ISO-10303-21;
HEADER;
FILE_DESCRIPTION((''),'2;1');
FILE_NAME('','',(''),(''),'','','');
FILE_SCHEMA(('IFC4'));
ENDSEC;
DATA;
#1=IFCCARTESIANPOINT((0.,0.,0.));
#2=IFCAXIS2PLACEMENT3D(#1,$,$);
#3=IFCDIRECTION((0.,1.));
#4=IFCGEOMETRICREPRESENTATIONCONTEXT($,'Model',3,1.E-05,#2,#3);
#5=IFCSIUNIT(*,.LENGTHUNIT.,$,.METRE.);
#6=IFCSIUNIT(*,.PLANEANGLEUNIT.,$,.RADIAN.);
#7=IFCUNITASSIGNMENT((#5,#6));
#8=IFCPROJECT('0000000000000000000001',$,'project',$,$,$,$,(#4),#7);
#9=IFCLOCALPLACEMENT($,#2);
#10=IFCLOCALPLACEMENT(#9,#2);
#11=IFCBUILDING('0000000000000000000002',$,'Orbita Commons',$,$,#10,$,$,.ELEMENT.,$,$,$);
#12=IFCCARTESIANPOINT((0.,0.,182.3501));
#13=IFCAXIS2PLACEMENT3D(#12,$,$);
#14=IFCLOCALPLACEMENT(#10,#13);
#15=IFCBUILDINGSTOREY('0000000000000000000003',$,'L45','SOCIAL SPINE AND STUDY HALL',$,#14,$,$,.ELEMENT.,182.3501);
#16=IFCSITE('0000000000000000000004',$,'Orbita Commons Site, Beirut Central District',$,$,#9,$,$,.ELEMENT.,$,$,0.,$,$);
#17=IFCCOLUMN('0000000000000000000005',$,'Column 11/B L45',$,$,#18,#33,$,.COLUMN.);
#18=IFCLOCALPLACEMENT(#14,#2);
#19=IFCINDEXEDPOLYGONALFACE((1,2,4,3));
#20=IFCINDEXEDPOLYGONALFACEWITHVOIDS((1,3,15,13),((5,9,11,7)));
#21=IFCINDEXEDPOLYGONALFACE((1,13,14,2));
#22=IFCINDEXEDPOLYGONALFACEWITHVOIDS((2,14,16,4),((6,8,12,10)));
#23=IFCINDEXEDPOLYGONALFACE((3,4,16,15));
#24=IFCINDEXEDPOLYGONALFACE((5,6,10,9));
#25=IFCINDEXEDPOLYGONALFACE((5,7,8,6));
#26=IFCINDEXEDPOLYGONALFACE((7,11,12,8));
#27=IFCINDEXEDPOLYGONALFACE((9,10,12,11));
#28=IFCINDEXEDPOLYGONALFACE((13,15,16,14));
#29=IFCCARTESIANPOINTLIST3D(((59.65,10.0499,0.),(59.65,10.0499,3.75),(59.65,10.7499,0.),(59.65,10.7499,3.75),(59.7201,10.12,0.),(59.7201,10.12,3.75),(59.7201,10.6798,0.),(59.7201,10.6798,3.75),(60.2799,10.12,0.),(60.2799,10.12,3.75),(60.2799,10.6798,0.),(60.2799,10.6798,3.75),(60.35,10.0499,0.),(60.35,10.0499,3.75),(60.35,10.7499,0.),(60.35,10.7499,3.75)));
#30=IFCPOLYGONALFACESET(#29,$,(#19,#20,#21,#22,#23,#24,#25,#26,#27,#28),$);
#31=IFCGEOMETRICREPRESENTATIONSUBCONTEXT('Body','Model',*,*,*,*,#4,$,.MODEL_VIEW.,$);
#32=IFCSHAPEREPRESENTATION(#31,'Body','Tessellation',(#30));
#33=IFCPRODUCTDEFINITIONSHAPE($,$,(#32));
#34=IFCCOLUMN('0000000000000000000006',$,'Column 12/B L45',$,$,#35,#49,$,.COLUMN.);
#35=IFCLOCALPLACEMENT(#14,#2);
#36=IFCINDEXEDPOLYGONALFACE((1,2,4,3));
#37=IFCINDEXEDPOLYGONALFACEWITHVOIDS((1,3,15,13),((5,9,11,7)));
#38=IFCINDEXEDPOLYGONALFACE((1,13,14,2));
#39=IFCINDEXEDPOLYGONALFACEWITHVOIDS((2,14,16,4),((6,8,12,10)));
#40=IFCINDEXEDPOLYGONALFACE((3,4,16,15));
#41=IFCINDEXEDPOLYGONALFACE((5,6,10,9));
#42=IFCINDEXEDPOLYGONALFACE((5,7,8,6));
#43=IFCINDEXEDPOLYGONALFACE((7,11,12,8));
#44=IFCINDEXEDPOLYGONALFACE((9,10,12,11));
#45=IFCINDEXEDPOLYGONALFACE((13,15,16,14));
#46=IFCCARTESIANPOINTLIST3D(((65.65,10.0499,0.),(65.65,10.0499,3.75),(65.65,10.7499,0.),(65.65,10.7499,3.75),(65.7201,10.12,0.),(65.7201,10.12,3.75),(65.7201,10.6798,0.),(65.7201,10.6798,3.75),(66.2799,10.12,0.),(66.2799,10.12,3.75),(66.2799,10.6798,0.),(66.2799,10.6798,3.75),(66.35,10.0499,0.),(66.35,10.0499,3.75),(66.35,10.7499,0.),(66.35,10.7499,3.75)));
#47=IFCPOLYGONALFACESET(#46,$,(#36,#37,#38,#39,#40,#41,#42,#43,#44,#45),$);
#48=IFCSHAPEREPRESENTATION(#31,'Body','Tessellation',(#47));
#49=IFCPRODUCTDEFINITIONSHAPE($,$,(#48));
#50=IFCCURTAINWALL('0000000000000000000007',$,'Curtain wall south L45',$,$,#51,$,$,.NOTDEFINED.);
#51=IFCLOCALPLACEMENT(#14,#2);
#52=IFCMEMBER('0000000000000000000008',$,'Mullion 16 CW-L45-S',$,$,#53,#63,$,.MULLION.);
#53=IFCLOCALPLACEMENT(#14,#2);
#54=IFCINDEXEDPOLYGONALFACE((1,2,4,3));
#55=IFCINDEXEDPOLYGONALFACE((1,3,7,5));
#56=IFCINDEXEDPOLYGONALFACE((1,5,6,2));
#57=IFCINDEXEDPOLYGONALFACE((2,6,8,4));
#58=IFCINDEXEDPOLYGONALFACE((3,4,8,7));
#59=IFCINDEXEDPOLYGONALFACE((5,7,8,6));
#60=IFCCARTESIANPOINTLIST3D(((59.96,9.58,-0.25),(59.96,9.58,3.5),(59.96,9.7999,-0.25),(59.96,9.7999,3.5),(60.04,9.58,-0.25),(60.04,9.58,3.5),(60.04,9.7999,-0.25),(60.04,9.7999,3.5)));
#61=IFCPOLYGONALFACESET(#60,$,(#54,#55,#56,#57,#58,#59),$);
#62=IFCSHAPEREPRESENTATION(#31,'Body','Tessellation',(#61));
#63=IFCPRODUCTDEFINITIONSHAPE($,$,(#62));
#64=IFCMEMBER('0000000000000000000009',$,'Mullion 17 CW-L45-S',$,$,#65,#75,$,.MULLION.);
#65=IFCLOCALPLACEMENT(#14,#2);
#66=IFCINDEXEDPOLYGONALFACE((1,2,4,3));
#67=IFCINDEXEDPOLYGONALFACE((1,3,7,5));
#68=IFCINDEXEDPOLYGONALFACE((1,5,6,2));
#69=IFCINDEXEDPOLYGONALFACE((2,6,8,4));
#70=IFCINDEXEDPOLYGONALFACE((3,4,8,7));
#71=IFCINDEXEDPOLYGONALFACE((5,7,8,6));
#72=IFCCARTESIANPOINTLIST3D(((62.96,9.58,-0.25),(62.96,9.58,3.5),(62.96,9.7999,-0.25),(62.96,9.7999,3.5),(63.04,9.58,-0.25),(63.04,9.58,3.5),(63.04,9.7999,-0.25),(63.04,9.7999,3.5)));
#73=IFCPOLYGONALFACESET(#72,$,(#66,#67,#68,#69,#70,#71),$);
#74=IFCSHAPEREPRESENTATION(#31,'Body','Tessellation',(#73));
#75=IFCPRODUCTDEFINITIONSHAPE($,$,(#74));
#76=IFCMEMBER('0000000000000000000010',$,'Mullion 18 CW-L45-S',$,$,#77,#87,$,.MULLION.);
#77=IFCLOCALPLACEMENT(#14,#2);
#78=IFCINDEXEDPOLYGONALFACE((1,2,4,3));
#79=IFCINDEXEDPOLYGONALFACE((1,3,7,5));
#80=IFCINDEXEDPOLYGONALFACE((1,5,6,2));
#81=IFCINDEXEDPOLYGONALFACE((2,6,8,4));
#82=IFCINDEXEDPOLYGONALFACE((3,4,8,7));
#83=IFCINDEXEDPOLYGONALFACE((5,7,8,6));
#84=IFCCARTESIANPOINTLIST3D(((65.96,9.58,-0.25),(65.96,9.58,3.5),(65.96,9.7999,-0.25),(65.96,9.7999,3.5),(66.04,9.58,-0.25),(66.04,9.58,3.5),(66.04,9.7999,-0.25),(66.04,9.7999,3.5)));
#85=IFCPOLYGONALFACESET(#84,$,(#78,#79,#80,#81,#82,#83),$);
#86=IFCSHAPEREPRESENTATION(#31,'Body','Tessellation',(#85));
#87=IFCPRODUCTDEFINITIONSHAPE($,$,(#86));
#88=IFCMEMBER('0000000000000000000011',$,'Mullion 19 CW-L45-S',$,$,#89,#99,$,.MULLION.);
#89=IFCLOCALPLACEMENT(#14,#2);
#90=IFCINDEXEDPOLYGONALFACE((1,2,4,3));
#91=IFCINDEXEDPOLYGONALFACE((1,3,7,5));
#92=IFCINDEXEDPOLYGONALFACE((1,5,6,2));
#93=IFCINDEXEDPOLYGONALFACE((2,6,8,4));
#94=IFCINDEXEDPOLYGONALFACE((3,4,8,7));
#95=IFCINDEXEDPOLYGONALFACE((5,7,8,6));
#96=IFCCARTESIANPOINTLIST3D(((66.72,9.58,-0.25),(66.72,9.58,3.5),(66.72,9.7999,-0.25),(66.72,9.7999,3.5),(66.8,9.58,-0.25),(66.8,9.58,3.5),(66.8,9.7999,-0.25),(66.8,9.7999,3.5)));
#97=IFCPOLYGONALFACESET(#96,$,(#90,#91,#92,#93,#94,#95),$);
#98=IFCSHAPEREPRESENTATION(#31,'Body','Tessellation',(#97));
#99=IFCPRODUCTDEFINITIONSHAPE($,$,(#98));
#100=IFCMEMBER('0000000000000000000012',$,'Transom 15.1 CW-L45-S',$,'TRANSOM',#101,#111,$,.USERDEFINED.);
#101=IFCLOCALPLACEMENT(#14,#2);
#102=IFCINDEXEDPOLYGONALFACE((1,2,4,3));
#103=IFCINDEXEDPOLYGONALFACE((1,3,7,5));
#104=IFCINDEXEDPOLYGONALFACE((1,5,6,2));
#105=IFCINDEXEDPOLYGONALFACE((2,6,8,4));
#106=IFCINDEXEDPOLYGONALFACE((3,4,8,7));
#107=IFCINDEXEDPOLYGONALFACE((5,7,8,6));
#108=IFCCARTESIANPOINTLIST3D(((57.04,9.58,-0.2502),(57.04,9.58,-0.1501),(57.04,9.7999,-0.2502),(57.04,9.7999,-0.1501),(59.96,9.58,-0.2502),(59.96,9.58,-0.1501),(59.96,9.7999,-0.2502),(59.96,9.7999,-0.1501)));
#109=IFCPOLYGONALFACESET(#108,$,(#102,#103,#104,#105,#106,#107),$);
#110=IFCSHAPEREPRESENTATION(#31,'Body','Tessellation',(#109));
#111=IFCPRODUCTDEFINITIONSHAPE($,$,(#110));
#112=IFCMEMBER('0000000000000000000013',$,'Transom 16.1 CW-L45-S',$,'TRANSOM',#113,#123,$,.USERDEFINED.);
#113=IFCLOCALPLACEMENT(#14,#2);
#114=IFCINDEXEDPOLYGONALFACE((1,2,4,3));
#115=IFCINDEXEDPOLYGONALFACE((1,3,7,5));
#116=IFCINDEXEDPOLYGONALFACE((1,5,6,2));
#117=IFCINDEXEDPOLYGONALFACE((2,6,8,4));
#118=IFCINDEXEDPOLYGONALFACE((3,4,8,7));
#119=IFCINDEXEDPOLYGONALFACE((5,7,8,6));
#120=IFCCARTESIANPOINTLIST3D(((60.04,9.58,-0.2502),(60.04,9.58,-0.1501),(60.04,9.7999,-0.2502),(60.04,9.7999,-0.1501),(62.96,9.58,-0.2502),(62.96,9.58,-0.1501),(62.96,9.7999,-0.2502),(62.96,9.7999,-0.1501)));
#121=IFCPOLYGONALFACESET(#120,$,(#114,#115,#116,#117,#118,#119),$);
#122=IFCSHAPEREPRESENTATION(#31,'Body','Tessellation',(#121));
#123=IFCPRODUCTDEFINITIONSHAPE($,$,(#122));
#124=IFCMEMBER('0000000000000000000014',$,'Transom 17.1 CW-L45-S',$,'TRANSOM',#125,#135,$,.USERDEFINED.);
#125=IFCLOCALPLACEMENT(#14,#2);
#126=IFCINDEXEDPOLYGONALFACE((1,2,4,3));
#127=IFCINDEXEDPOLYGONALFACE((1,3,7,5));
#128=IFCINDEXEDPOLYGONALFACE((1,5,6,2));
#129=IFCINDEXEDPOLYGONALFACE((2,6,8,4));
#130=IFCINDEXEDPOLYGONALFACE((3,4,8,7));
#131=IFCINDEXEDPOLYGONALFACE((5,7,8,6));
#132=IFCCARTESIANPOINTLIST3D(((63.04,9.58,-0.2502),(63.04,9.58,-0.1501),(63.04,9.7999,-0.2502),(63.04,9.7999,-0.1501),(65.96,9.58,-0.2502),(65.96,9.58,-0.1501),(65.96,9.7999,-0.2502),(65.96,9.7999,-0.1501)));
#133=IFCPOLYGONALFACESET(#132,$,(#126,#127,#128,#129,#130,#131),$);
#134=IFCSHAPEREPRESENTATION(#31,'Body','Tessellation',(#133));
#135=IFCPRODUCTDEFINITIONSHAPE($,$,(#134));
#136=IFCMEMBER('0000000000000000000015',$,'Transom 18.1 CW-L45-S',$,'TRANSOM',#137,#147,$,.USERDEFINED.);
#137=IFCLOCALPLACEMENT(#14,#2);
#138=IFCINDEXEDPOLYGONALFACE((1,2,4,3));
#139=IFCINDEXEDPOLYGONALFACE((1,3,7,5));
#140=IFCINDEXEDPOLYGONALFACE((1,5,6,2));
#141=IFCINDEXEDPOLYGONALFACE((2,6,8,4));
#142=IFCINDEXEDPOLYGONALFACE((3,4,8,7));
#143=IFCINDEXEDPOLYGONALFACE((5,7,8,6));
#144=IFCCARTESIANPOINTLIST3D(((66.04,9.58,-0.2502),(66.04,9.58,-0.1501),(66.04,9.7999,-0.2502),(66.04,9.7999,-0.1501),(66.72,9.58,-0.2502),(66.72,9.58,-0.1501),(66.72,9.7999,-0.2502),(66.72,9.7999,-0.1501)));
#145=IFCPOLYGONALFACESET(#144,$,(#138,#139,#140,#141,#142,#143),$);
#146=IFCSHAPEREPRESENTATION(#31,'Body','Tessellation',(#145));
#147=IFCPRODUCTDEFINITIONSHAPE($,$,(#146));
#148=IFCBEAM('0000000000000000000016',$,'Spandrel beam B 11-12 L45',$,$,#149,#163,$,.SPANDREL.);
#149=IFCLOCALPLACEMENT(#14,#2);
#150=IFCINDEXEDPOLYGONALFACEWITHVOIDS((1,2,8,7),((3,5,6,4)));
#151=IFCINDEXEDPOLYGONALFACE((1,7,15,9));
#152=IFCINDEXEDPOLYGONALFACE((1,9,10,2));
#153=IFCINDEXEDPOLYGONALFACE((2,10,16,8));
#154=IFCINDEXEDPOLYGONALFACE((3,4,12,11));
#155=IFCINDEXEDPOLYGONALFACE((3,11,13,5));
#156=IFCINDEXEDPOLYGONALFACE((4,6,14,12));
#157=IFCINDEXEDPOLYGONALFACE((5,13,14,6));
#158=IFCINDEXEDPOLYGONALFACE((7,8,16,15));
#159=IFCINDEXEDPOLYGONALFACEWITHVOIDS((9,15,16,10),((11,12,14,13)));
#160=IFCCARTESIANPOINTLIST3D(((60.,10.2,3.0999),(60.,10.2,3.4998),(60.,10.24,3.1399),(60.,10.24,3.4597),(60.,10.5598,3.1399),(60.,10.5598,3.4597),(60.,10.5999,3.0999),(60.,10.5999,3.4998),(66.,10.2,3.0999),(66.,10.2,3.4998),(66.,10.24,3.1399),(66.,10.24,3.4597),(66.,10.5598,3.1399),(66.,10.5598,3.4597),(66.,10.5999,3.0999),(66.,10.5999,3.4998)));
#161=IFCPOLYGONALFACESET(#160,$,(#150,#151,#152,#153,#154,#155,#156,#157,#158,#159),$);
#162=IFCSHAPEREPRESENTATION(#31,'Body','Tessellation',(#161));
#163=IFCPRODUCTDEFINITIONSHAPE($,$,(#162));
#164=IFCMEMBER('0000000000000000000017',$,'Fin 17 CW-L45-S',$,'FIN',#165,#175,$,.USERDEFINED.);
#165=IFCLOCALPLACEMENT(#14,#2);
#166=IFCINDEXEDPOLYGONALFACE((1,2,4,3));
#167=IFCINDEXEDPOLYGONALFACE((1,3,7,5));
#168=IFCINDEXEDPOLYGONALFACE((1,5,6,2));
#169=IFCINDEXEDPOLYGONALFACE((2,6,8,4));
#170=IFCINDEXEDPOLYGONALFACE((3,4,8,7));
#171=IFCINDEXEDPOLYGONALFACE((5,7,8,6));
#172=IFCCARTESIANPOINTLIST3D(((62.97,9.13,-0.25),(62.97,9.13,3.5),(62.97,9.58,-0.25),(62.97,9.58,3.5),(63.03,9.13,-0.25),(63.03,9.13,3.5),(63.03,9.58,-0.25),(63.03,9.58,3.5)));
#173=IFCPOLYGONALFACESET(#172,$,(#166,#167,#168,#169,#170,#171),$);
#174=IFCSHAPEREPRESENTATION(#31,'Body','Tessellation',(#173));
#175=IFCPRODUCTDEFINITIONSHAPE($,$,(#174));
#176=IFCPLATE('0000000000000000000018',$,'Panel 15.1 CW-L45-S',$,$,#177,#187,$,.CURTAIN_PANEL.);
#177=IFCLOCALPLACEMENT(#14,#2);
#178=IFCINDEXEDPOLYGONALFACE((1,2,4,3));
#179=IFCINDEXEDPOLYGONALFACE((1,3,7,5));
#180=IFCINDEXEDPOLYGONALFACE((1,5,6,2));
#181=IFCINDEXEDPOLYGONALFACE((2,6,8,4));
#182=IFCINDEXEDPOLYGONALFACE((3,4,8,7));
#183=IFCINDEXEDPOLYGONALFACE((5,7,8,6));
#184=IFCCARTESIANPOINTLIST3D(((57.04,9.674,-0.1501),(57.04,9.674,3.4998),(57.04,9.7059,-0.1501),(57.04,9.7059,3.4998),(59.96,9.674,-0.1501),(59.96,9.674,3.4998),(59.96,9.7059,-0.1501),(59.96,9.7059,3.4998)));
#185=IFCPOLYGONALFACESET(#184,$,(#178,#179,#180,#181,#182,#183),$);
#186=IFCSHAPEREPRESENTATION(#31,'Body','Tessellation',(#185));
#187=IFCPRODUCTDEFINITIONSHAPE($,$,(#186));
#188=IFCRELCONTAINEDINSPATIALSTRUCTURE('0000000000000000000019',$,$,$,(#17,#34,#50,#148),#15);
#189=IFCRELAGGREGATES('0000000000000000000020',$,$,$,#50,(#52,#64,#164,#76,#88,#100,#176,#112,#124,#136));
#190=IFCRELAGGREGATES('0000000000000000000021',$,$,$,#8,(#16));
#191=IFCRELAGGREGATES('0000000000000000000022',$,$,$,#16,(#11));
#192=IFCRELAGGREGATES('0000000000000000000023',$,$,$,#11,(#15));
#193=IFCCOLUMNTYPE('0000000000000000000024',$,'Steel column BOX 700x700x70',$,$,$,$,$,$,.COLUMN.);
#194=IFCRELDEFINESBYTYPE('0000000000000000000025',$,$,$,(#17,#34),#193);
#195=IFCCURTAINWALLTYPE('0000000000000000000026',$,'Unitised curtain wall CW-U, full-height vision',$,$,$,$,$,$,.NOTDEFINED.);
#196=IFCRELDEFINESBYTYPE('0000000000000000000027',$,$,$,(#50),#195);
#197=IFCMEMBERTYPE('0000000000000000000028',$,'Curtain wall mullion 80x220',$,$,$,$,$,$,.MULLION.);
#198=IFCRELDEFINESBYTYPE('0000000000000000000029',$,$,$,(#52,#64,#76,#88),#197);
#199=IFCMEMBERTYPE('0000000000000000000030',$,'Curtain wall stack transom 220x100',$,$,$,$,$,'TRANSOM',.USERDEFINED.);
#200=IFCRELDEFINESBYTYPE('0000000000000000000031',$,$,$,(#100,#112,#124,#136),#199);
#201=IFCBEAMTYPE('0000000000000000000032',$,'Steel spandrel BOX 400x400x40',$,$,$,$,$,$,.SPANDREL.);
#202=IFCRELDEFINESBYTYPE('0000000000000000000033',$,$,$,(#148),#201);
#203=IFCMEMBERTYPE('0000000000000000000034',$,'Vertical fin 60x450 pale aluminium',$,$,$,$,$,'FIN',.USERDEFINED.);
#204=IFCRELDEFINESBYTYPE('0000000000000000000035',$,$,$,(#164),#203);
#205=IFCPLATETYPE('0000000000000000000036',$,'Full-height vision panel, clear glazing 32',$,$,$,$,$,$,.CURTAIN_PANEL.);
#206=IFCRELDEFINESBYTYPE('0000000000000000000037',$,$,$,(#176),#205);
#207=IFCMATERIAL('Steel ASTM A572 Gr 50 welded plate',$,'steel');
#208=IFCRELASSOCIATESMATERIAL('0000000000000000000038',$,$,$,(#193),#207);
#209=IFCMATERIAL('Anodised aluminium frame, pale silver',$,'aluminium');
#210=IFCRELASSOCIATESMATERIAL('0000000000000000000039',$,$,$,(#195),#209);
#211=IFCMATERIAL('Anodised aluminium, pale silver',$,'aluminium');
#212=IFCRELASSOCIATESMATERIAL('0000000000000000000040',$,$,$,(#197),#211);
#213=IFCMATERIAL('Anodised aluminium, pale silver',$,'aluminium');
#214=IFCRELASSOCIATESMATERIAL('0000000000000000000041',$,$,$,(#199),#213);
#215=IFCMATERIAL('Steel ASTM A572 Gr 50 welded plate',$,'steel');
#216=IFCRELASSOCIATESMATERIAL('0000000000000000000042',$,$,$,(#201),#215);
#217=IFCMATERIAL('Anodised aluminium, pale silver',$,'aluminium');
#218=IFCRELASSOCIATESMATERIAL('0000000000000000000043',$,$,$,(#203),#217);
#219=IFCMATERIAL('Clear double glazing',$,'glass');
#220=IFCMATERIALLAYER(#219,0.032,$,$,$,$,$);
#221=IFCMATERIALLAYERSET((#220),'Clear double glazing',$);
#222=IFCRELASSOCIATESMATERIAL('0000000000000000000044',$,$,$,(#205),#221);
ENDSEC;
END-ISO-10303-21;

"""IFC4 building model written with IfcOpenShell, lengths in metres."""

from ifc_helpers import new_model, si_unit, direction, frame, origin, origin_2d, place, context, subcontext, project, spatial, rectangle, hollow_rectangle, extrude, material, layer, layer_set, material_profile, profile_set, type_object, element, aggregate, save


model = new_model("IFC4")

# Units and contexts
model_context = context("Model", 3, precision=1e-05, world=origin(), true_north=direction((0.0, 1.0)))
body_context = subcontext(model_context, "Body", "Model", "MODEL_VIEW")
ifc_project = project(units=[si_unit("LENGTHUNIT", "METRE"), si_unit("PLANEANGLEUNIT", "RADIAN")], contexts=[model_context])

# Site, building, storey
site_placement = place(None, origin())
site = spatial("IfcSite", under=ifc_project, at=site_placement, Name="Orbita Commons Site, Beirut Central District", CompositionType="ELEMENT", RefElevation=0.0)
building_placement = place(site_placement, origin())
building = spatial("IfcBuilding", under=site, at=building_placement, Name="Orbita Commons", CompositionType="ELEMENT")
storey_placement = place(building_placement, frame((0.0, 0.0, 182.3501)))
storey = spatial("IfcBuildingStorey", under=building, at=storey_placement, Name="L45", Description="SOCIAL SPINE AND STUDY HALL", CompositionType="ELEMENT", Elevation=182.3501)

# Columns
ifc_material_1 = material(Name="Steel ASTM A572 Gr 50 welded plate", Category="steel")
ifc_material_profile_1 = material_profile(ifc_material_1, hollow_rectangle(XDim=0.7, YDim=0.7, WallThickness=0.0701, at=origin_2d()), Name="BOX 700x700x70")
ifc_profile_set_1 = profile_set([ifc_material_profile_1], Name="Steel ASTM A572 Gr 50 welded plate")
column_type = type_object("IfcColumnType", Name="Steel column BOX 700x700x70", PredefinedType="COLUMN", material=ifc_profile_set_1)
for number, where, z_axis, x_axis, name in (
    (1, (60.0, 10.3999, 0.0), (0.0, 0.0, 1.0), (1.0, 0.0, 0.0), "Column 11/B L45"),
    (2, (66.0, 10.3999, 0.0), (0.0, 0.0, 1.0), (1.0, 0.0, 0.0), "Column 12/B L45"),
):
    element("IfcColumn", number, at=place(storey_placement, frame(where, z_axis=z_axis, x_axis=x_axis)), inside=storey, type_object=column_type, Name=name, PredefinedType="COLUMN", context=body_context, shape_type="SweptSolid", body=[
        extrude(hollow_rectangle(XDim=0.7, YDim=0.7, WallThickness=0.0701, at=origin_2d()), origin(), (0.0, 0.0, 1.0), 3.75),
    ])

# Curtain wall, members
ifc_material_2 = material(Name="Anodised aluminium frame, pale silver", Category="aluminium")
curtain_wall_type = type_object("IfcCurtainWallType", Name="Unitised curtain wall CW-U, full-height vision", PredefinedType="NOTDEFINED", material=ifc_material_2)
curtain_wall_placement = place(storey_placement, origin())
curtain_wall = element("IfcCurtainWall", 3, at=curtain_wall_placement, inside=storey, type_object=curtain_wall_type, Name="Curtain wall south L45", PredefinedType="NOTDEFINED")
ifc_material_3 = material(Name="Anodised aluminium, pale silver", Category="aluminium")
ifc_material_profile_2 = material_profile(ifc_material_3, rectangle(XDim=0.0801, YDim=0.22, at=origin_2d()), Name="AL 80x220")
ifc_profile_set_2 = profile_set([ifc_material_profile_2], Name="Anodised aluminium, pale silver")
member_type_1 = type_object("IfcMemberType", Name="Curtain wall mullion 80x220", PredefinedType="MULLION", material=ifc_profile_set_2)
member_1_placement = place(storey_placement, frame((60.0, 9.6899, -0.25), z_axis=(0.0, 0.0, 1.0), x_axis=(1.0, 0.0, 0.0)))
member_1 = element("IfcMember", 4, at=member_1_placement, type_object=member_type_1, Name="Mullion 16 CW-L45-S", PredefinedType="MULLION", context=body_context, shape_type="SweptSolid", body=[
    extrude(rectangle(XDim=0.0801, YDim=0.22, at=origin_2d()), origin(), (0.0, 0.0, 1.0), 3.75),
])
member_2_placement = place(storey_placement, frame((63.0, 9.6899, -0.25), z_axis=(0.0, 0.0, 1.0), x_axis=(1.0, 0.0, 0.0)))
member_2 = element("IfcMember", 5, at=member_2_placement, type_object=member_type_1, Name="Mullion 17 CW-L45-S", PredefinedType="MULLION", context=body_context, shape_type="SweptSolid", body=[
    extrude(rectangle(XDim=0.0801, YDim=0.22, at=origin_2d()), origin(), (0.0, 0.0, 1.0), 3.75),
])
member_3_placement = place(storey_placement, frame((66.0, 9.6899, -0.25), z_axis=(0.0, 0.0, 1.0), x_axis=(1.0, 0.0, 0.0)))
member_3 = element("IfcMember", 6, at=member_3_placement, type_object=member_type_1, Name="Mullion 18 CW-L45-S", PredefinedType="MULLION", context=body_context, shape_type="SweptSolid", body=[
    extrude(rectangle(XDim=0.0801, YDim=0.22, at=origin_2d()), origin(), (0.0, 0.0, 1.0), 3.75),
])
member_4_placement = place(storey_placement, frame((66.76, 9.6899, -0.25), z_axis=(0.0, 0.0, 1.0), x_axis=(1.0, 0.0, 0.0)))
member_4 = element("IfcMember", 7, at=member_4_placement, type_object=member_type_1, Name="Mullion 19 CW-L45-S", PredefinedType="MULLION", context=body_context, shape_type="SweptSolid", body=[
    extrude(rectangle(XDim=0.0801, YDim=0.22, at=origin_2d()), origin(), (0.0, 0.0, 1.0), 3.75),
])
ifc_material_4 = material(Name="Anodised aluminium, pale silver", Category="aluminium")
ifc_material_profile_3 = material_profile(ifc_material_4, rectangle(XDim=0.22, YDim=0.1001, at=origin_2d()), Name="AL 220x100")
ifc_profile_set_3 = profile_set([ifc_material_profile_3], Name="Anodised aluminium, pale silver")
member_type_2 = type_object("IfcMemberType", Name="Curtain wall stack transom 220x100", ElementType="TRANSOM", PredefinedType="USERDEFINED", material=ifc_profile_set_3)
member_5_placement = place(storey_placement, frame((57.04, 9.6899, -0.2002), z_axis=(1.0, 0.0, 0.0), x_axis=(0.0, 1.0, 0.0)))
member_5 = element("IfcMember", 8, at=member_5_placement, type_object=member_type_2, Name="Transom 15.1 CW-L45-S", ObjectType="TRANSOM", PredefinedType="USERDEFINED", context=body_context, shape_type="SweptSolid", body=[
    extrude(rectangle(XDim=0.22, YDim=0.1001, at=origin_2d()), origin(), (0.0, 0.0, 1.0), 2.9199),
])
member_6_placement = place(storey_placement, frame((60.04, 9.6899, -0.2002), z_axis=(1.0, 0.0, 0.0), x_axis=(0.0, 1.0, 0.0)))
member_6 = element("IfcMember", 9, at=member_6_placement, type_object=member_type_2, Name="Transom 16.1 CW-L45-S", ObjectType="TRANSOM", PredefinedType="USERDEFINED", context=body_context, shape_type="SweptSolid", body=[
    extrude(rectangle(XDim=0.22, YDim=0.1001, at=origin_2d()), origin(), (0.0, 0.0, 1.0), 2.9199),
])
member_7_placement = place(storey_placement, frame((63.04, 9.6899, -0.2002), z_axis=(1.0, 0.0, 0.0), x_axis=(0.0, 1.0, 0.0)))
member_7 = element("IfcMember", 10, at=member_7_placement, type_object=member_type_2, Name="Transom 17.1 CW-L45-S", ObjectType="TRANSOM", PredefinedType="USERDEFINED", context=body_context, shape_type="SweptSolid", body=[
    extrude(rectangle(XDim=0.22, YDim=0.1001, at=origin_2d()), origin(), (0.0, 0.0, 1.0), 2.9199),
])
member_8_placement = place(storey_placement, frame((66.04, 9.6899, -0.2002), z_axis=(1.0, 0.0, 0.0), x_axis=(0.0, 1.0, 0.0)))
member_8 = element("IfcMember", 11, at=member_8_placement, type_object=member_type_2, Name="Transom 18.1 CW-L45-S", ObjectType="TRANSOM", PredefinedType="USERDEFINED", context=body_context, shape_type="SweptSolid", body=[
    extrude(rectangle(XDim=0.22, YDim=0.1001, at=origin_2d()), origin(), (0.0, 0.0, 1.0), 0.6799),
])

# Beam
ifc_material_5 = material(Name="Steel ASTM A572 Gr 50 welded plate", Category="steel")
ifc_material_profile_4 = material_profile(ifc_material_5, hollow_rectangle(XDim=0.3999, YDim=0.3999, WallThickness=0.04, at=origin_2d()), Name="BOX 400x400x40")
ifc_profile_set_4 = profile_set([ifc_material_profile_4], Name="Steel ASTM A572 Gr 50 welded plate")
beam_type = type_object("IfcBeamType", Name="Steel spandrel BOX 400x400x40", PredefinedType="SPANDREL", material=ifc_profile_set_4)
beam_placement = place(storey_placement, frame((60.0, 10.3999, 3.2998), z_axis=(1.0, 0.0, 0.0), x_axis=(0.0, 1.0, 0.0)))
element("IfcBeam", 12, at=beam_placement, inside=storey, type_object=beam_type, Name="Spandrel beam B 11-12 L45", PredefinedType="SPANDREL", context=body_context, shape_type="SweptSolid", body=[
    extrude(hollow_rectangle(XDim=0.3999, YDim=0.3999, WallThickness=0.04, at=origin_2d()), origin(), (0.0, 0.0, 1.0), 6.0),
])

# Member
ifc_material_6 = material(Name="Anodised aluminium, pale silver", Category="aluminium")
ifc_material_profile_5 = material_profile(ifc_material_6, rectangle(XDim=0.0601, YDim=0.45, at=origin_2d()), Name="FIN 60x450")
ifc_profile_set_5 = profile_set([ifc_material_profile_5], Name="Anodised aluminium, pale silver")
member_type_3 = type_object("IfcMemberType", Name="Vertical fin 60x450 pale aluminium", ElementType="FIN", PredefinedType="USERDEFINED", material=ifc_profile_set_5)
member_9_placement = place(storey_placement, frame((63.0, 9.355, -0.25), z_axis=(0.0, 0.0, 1.0), x_axis=(1.0, 0.0, 0.0)))
member_9 = element("IfcMember", 13, at=member_9_placement, type_object=member_type_3, Name="Fin 17 CW-L45-S", ObjectType="FIN", PredefinedType="USERDEFINED", context=body_context, shape_type="SweptSolid", body=[
    extrude(rectangle(XDim=0.0601, YDim=0.45, at=origin_2d()), origin(), (0.0, 0.0, 1.0), 3.75),
])

# Plate
ifc_material_7 = material(Name="Clear double glazing", Category="glass")
ifc_layer_1 = layer(ifc_material_7, 0.032)
ifc_layer_set_1 = layer_set([ifc_layer_1], Name="Clear double glazing")
plate_type = type_object("IfcPlateType", Name="Full-height vision panel, clear glazing 32", PredefinedType="CURTAIN_PANEL", material=ifc_layer_set_1)
plate_1_placement = place(storey_placement, frame((58.5, 9.6899, -0.1501), z_axis=(0.0, 0.0, 1.0), x_axis=(1.0, 0.0, 0.0)))
plate_1 = element("IfcPlate", 14, at=plate_1_placement, type_object=plate_type, Name="Panel 15.1 CW-L45-S", PredefinedType="CURTAIN_PANEL", context=body_context, shape_type="SweptSolid", body=[
    extrude(rectangle(XDim=2.9199, YDim=0.032, at=origin_2d()), origin(), (0.0, 0.0, 1.0), 3.6499),
])
aggregate(curtain_wall, [member_1, member_2, member_9, member_3, member_4, member_5, plate_1, member_6, member_7, member_8])

save(model, "model.ifc")
